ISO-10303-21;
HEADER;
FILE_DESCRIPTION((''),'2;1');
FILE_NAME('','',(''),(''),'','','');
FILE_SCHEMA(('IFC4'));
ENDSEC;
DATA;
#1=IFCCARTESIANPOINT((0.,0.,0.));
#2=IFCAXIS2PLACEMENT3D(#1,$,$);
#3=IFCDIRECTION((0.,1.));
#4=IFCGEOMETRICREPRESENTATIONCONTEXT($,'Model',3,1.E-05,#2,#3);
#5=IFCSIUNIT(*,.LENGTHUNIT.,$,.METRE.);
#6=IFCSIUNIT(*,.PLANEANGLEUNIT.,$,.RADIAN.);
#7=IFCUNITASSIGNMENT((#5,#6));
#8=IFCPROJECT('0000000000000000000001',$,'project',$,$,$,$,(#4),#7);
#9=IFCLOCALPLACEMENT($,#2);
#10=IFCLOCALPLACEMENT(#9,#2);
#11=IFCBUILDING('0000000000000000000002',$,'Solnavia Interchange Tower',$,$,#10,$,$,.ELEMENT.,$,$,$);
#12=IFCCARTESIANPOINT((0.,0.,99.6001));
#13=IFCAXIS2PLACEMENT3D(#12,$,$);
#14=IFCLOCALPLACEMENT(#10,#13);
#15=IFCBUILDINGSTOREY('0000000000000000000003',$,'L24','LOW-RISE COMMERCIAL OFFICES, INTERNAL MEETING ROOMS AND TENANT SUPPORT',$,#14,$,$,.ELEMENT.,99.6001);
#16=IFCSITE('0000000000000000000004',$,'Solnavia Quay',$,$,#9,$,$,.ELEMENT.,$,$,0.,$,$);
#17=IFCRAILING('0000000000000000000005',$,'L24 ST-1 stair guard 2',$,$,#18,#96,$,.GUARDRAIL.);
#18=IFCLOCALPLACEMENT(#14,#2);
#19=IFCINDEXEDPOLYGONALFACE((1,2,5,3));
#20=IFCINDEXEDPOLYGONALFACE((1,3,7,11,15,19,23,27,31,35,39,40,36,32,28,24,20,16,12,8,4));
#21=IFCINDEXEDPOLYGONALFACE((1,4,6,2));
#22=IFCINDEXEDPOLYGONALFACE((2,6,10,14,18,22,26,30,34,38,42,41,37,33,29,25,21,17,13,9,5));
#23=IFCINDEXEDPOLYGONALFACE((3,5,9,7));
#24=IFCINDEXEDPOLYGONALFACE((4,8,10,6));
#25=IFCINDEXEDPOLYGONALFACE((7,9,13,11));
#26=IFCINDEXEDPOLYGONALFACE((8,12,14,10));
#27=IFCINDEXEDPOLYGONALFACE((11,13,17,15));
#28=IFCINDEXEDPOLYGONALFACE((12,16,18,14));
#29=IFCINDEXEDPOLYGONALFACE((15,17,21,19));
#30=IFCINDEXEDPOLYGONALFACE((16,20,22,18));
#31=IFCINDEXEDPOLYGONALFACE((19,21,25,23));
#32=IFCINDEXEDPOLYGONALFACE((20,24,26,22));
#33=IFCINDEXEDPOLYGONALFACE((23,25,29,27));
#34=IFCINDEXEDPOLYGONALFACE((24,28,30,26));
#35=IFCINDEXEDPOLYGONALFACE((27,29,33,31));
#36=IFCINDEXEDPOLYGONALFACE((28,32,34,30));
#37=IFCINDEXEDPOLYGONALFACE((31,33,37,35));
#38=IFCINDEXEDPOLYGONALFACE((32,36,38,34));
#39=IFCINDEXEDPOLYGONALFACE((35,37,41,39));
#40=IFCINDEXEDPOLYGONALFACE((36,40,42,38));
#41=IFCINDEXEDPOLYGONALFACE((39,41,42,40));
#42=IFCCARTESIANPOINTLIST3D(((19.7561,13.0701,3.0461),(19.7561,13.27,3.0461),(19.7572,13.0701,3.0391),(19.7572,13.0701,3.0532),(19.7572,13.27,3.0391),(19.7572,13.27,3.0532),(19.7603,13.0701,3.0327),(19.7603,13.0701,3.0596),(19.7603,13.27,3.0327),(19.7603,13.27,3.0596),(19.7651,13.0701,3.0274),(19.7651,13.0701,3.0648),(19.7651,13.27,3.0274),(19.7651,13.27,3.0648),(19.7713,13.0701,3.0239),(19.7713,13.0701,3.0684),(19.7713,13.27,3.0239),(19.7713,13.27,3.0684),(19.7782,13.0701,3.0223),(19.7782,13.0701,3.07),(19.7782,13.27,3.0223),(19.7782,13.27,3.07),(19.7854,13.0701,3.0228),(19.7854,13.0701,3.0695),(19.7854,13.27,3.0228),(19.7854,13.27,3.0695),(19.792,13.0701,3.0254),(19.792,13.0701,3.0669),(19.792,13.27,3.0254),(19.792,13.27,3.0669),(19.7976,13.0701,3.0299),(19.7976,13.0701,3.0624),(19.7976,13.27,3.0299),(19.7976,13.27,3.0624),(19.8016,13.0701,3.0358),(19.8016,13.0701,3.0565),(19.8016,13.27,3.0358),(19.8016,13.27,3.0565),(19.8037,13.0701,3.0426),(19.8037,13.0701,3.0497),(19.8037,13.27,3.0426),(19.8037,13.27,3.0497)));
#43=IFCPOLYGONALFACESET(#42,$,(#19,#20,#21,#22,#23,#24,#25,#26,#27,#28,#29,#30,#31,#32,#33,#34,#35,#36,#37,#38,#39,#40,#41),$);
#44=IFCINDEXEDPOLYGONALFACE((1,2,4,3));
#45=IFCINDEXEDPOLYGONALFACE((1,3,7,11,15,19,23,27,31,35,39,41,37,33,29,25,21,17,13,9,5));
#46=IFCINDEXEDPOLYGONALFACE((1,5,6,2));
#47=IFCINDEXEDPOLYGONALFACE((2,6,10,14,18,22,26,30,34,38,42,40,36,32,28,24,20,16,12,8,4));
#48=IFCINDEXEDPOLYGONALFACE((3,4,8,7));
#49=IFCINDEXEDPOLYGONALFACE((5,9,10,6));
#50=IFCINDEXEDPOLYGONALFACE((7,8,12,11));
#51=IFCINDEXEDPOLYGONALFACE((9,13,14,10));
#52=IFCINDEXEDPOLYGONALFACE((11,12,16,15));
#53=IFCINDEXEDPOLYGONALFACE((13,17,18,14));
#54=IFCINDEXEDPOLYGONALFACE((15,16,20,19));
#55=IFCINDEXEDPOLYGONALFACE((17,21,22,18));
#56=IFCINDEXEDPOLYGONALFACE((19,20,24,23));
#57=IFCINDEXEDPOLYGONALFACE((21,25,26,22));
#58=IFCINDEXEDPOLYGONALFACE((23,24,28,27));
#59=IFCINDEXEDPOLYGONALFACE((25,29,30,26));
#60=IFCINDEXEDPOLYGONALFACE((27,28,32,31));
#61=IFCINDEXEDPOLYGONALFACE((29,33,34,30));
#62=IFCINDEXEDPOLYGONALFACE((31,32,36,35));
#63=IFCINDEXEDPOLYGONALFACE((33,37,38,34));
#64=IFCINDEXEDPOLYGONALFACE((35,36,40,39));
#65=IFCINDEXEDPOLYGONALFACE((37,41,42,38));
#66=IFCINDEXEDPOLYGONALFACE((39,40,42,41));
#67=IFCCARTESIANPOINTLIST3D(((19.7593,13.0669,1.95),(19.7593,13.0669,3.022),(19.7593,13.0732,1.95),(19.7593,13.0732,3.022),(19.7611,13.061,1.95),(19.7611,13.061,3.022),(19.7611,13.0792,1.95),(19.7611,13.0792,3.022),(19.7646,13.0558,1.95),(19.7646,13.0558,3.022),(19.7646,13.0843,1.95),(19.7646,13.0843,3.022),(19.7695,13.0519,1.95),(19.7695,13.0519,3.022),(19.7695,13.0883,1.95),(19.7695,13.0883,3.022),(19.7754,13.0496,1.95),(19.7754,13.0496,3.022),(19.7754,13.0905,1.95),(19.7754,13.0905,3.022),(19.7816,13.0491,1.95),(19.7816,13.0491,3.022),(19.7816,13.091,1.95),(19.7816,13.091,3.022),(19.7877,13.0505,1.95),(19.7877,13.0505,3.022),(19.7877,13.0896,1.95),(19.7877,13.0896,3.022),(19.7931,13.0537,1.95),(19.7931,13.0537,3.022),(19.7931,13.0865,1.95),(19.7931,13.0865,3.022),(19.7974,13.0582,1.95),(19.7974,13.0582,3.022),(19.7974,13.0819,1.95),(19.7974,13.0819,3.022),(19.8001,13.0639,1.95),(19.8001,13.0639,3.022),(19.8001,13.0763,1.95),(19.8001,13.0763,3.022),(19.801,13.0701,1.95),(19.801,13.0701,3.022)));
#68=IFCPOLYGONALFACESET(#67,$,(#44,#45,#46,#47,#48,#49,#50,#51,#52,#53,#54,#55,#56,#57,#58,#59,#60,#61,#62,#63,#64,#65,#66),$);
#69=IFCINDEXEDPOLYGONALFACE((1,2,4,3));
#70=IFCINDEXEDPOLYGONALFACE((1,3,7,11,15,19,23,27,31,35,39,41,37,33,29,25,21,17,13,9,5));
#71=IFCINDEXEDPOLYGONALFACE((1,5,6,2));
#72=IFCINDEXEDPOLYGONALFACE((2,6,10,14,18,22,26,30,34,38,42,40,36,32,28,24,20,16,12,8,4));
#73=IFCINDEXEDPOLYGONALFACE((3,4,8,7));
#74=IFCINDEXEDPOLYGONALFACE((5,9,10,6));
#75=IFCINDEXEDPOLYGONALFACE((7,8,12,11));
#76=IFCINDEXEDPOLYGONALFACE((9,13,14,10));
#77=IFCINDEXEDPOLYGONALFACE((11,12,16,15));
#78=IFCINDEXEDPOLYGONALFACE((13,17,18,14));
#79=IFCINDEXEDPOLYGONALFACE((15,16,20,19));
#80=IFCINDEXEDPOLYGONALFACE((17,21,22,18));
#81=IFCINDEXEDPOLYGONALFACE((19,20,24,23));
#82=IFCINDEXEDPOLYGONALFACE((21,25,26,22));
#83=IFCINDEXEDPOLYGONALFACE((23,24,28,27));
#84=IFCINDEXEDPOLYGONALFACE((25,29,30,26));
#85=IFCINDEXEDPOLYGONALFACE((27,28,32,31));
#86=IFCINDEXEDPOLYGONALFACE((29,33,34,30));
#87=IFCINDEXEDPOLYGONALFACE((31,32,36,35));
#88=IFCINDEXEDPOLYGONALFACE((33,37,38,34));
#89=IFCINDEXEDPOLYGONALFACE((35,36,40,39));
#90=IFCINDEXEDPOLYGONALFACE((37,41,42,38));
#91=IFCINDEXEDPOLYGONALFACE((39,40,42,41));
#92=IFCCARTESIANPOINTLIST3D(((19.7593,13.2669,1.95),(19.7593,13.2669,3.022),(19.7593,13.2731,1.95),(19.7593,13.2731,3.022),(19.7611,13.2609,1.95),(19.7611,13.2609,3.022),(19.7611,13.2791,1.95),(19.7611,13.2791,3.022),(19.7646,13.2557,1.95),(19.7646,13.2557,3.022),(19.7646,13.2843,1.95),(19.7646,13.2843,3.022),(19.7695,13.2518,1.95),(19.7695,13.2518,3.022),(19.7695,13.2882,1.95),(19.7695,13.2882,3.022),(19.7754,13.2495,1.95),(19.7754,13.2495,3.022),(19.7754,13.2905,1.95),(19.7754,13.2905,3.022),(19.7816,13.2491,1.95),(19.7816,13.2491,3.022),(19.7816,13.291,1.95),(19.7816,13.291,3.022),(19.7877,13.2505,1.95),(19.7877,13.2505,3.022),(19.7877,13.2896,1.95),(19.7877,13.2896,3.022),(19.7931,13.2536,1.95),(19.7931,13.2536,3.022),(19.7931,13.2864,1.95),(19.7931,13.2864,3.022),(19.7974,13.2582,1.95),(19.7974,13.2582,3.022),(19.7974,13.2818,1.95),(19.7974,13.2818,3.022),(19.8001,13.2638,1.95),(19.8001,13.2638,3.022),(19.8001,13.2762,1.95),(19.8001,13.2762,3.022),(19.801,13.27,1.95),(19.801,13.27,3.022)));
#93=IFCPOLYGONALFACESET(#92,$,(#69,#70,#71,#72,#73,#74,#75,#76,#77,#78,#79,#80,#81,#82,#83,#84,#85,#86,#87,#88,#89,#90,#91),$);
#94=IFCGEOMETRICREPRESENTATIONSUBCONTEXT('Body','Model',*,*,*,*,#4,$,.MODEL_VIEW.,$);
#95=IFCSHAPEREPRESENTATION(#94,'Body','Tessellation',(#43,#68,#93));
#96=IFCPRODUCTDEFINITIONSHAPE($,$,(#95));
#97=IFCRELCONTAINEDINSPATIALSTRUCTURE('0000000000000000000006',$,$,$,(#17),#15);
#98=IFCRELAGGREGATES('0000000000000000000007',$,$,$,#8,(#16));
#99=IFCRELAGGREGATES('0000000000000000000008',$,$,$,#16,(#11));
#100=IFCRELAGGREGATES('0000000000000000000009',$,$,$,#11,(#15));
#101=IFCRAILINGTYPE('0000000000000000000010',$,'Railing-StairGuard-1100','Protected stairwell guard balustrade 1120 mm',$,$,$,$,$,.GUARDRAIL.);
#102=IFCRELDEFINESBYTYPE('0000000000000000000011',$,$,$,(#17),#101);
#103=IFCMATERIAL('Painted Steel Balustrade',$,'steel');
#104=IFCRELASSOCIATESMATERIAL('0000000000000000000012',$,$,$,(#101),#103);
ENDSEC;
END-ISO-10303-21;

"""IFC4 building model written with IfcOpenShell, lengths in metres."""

from ifc_helpers import new_model, si_unit, direction, frame, origin, origin_2d, place, context, subcontext, project, spatial, circle, extrude, material, type_object, element, save


model = new_model("IFC4")

# Units and contexts
model_context = context("Model", 3, precision=1e-05, world=origin(), true_north=direction((0.0, 1.0)))
body_context = subcontext(model_context, "Body", "Model", "MODEL_VIEW")
ifc_project = project(units=[si_unit("LENGTHUNIT", "METRE"), si_unit("PLANEANGLEUNIT", "RADIAN")], contexts=[model_context])

# Site, building, storey
site_placement = place(None, origin())
site = spatial("IfcSite", under=ifc_project, at=site_placement, Name="Solnavia Quay", CompositionType="ELEMENT", RefElevation=0.0)
building_placement = place(site_placement, origin())
building = spatial("IfcBuilding", under=site, at=building_placement, Name="Solnavia Interchange Tower", CompositionType="ELEMENT")
storey_placement = place(building_placement, frame((0.0, 0.0, 99.6001)))
storey = spatial("IfcBuildingStorey", under=building, at=storey_placement, Name="L24", Description="LOW-RISE COMMERCIAL OFFICES, INTERNAL MEETING ROOMS AND TENANT SUPPORT", CompositionType="ELEMENT", Elevation=99.6001)

# Railing
ifc_material_1 = material(Name="Painted Steel Balustrade", Category="steel")
railing_type_1 = type_object("IfcRailingType", Name="Railing-StairGuard-1100", Description="Protected stairwell guard balustrade 1120 mm", PredefinedType="GUARDRAIL", material=ifc_material_1)
railing_1_placement = place(storey_placement, frame((19.78, 13.0701, 1.95)))
element("IfcRailing", 1, at=railing_1_placement, inside=storey, type_object=railing_type_1, Name="L24 ST-1 stair guard 2", PredefinedType="GUARDRAIL", context=body_context, shape_type="SweptSolid", body=[
    extrude(circle(Radius=0.0239, at=origin_2d()), frame((0.0, 0.0, 1.0962), z_axis=(0.0, 1.0, 0.0), x_axis=(-1.0, 0.0, 0.0)), (0.0, 0.0, 1.0), 0.2),
    extrude(circle(Radius=0.021, at=origin_2d()), origin(), (0.0, 0.0, 1.0), 1.072),
    extrude(circle(Radius=0.021, at=origin_2d()), frame((0.0, 0.2, 0.0)), (0.0, 0.0, 1.0), 1.072),
])

save(model, "model.ifc")
